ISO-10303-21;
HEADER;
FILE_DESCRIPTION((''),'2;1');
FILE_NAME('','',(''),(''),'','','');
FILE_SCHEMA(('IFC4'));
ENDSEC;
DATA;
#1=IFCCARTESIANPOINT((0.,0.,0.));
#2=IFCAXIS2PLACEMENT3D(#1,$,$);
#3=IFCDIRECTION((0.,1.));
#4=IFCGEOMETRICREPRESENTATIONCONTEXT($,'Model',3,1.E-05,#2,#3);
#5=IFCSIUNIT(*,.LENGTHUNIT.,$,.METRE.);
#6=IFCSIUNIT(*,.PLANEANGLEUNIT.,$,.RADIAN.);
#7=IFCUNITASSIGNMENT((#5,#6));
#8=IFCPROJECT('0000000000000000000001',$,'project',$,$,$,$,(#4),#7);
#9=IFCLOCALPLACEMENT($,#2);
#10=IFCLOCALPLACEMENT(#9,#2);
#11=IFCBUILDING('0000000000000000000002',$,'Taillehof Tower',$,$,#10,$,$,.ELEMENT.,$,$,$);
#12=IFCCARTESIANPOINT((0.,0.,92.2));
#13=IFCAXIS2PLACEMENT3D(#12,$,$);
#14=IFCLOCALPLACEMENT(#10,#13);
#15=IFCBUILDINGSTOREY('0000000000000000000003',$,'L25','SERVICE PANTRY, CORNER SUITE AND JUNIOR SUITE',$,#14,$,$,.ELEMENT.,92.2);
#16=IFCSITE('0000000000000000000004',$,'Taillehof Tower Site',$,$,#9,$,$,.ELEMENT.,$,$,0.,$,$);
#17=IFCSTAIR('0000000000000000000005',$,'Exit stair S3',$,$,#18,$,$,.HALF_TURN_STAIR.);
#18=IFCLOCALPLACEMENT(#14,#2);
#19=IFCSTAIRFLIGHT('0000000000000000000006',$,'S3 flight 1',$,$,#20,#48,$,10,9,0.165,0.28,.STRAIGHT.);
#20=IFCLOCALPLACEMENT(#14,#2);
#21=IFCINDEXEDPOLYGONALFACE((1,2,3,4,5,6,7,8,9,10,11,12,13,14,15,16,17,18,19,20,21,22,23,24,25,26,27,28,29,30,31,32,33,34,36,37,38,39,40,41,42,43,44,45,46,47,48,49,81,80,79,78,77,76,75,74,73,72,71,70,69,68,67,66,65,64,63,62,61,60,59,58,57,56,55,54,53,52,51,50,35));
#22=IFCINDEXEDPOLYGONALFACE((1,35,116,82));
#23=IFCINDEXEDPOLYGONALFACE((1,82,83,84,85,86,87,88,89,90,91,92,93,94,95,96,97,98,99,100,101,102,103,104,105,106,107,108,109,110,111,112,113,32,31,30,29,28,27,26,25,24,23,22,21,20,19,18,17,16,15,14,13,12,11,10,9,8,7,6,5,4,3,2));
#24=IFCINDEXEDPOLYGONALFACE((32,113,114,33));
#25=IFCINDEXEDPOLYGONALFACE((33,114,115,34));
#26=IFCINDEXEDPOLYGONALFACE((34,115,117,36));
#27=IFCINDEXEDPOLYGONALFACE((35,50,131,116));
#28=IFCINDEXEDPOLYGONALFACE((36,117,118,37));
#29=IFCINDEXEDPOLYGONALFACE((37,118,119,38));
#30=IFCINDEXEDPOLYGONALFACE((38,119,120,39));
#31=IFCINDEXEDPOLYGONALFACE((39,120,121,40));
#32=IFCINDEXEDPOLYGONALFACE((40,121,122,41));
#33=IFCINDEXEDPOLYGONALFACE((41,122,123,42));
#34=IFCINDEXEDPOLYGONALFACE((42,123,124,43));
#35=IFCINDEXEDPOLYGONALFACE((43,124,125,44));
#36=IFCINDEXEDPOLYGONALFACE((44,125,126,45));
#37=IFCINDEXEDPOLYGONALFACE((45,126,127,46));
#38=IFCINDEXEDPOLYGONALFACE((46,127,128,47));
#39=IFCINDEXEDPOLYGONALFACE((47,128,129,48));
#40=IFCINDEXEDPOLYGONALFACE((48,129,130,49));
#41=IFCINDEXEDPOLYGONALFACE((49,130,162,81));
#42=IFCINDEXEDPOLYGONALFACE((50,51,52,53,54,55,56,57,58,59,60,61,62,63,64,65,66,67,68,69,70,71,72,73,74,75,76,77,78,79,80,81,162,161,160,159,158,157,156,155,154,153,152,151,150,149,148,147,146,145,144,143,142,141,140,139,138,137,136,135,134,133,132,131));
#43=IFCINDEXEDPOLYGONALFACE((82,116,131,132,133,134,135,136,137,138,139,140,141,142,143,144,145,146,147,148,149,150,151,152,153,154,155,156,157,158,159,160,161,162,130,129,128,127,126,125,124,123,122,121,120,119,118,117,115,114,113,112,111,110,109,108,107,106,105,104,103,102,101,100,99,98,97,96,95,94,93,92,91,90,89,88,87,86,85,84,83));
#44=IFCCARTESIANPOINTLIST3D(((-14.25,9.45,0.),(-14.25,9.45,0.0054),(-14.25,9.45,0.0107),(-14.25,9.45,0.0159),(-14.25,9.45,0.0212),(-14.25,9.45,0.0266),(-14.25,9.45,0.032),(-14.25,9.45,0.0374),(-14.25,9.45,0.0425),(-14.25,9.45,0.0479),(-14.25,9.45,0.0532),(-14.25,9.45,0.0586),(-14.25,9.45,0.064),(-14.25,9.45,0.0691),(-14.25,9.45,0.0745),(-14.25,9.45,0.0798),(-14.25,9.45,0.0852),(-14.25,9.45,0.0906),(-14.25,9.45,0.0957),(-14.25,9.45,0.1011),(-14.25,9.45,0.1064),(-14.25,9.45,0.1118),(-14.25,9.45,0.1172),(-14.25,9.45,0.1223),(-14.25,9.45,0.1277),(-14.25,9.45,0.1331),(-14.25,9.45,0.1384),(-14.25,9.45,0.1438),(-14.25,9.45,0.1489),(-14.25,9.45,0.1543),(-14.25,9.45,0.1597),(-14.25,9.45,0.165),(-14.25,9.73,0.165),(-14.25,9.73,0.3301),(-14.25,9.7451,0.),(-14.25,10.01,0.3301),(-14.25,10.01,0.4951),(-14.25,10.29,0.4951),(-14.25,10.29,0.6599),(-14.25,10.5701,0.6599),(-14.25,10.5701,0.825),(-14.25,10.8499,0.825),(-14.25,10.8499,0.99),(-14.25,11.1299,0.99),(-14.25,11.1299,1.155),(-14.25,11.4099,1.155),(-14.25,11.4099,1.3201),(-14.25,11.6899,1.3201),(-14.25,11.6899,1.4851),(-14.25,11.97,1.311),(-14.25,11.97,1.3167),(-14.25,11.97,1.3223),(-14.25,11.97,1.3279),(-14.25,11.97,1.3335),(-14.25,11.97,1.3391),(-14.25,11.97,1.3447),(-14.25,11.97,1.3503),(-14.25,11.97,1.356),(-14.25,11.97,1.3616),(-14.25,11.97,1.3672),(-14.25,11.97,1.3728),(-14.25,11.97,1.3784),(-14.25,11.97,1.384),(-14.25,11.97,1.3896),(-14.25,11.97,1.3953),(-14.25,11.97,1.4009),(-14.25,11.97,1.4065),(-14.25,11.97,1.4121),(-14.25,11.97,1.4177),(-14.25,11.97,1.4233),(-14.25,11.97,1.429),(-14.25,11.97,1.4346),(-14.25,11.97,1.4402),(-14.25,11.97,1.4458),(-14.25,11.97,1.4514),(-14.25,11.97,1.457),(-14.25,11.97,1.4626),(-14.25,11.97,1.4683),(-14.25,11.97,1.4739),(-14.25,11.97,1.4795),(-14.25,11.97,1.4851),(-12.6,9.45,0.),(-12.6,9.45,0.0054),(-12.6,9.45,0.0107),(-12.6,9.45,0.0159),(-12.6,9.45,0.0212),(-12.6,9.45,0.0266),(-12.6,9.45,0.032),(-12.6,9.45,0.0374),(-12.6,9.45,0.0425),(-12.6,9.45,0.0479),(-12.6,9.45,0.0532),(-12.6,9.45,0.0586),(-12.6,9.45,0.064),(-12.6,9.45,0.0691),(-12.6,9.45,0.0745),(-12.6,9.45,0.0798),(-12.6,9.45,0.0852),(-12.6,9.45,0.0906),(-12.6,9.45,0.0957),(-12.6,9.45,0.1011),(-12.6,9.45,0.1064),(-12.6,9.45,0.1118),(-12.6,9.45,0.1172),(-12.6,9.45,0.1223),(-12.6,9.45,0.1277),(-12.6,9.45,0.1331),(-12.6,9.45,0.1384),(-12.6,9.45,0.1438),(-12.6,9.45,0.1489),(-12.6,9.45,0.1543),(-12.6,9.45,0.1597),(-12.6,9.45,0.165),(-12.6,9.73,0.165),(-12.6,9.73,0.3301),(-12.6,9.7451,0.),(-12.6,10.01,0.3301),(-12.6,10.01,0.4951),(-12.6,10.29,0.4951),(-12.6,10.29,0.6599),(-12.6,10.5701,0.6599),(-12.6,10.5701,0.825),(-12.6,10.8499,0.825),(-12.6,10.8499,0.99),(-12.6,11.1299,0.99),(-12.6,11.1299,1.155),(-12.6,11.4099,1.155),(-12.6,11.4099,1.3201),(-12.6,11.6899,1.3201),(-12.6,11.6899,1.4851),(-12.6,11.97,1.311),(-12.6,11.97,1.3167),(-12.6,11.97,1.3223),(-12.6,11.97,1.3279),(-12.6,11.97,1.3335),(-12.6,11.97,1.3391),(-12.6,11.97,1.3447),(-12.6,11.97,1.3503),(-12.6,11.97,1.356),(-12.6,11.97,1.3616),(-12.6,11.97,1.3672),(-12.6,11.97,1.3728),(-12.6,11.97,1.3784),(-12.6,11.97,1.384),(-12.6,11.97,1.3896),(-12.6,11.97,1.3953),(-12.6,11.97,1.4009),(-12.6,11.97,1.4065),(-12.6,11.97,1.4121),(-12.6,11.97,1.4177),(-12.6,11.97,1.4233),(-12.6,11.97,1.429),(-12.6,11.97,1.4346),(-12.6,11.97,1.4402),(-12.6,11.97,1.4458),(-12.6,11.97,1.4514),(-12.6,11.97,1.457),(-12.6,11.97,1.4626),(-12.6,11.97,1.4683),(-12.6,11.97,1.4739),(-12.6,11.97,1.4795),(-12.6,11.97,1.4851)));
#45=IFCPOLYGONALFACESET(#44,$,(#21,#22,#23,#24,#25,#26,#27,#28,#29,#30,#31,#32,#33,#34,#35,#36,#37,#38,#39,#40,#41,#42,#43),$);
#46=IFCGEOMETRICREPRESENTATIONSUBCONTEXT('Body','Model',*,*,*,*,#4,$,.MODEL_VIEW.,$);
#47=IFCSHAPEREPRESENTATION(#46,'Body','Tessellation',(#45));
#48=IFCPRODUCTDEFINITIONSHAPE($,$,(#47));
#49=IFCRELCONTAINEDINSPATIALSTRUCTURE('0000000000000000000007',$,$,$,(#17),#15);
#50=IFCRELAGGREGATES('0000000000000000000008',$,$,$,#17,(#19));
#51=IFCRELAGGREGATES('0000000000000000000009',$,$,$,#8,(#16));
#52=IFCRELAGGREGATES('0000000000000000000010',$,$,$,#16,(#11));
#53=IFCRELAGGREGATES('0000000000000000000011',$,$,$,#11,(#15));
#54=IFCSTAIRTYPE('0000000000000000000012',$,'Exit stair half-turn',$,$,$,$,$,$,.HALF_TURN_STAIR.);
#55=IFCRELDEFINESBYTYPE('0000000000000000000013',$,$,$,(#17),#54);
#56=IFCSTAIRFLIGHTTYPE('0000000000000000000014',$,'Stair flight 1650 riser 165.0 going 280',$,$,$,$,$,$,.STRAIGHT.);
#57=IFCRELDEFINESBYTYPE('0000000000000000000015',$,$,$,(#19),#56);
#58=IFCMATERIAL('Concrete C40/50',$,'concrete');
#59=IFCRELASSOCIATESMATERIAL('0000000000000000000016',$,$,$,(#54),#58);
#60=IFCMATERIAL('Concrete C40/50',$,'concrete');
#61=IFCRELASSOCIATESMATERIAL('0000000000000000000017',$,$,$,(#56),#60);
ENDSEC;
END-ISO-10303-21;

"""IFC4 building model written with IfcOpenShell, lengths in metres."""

from ifc_helpers import new_model, si_unit, direction, frame, origin, place, context, subcontext, project, spatial, polyline, outline, extrude, material, type_object, element, aggregate, save


model = new_model("IFC4")

# Units and contexts
model_context = context("Model", 3, precision=1e-05, world=origin(), true_north=direction((0.0, 1.0)))
body_context = subcontext(model_context, "Body", "Model", "MODEL_VIEW")
ifc_project = project(units=[si_unit("LENGTHUNIT", "METRE"), si_unit("PLANEANGLEUNIT", "RADIAN")], contexts=[model_context])

# Site, building, storey
site_placement = place(None, origin())
site = spatial("IfcSite", under=ifc_project, at=site_placement, Name="Taillehof Tower Site", CompositionType="ELEMENT", RefElevation=0.0)
building_placement = place(site_placement, origin())
building = spatial("IfcBuilding", under=site, at=building_placement, Name="Taillehof Tower", CompositionType="ELEMENT")
storey_placement = place(building_placement, frame((0.0, 0.0, 92.2)))
storey = spatial("IfcBuildingStorey", under=building, at=storey_placement, Name="L25", Description="SERVICE PANTRY, CORNER SUITE AND JUNIOR SUITE", CompositionType="ELEMENT", Elevation=92.2)

# Stair, stair flight
ifc_material_1 = material(Name="Concrete C40/50", Category="concrete")
stair_type = type_object("IfcStairType", Name="Exit stair half-turn", PredefinedType="HALF_TURN_STAIR", material=ifc_material_1)
stair_placement = place(storey_placement, origin())
stair = element("IfcStair", 1, at=stair_placement, inside=storey, type_object=stair_type, Name="Exit stair S3", PredefinedType="HALF_TURN_STAIR")
ifc_material_2 = material(Name="Concrete C40/50", Category="concrete")
stair_flight_type = type_object("IfcStairFlightType", Name="Stair flight 1650 riser 165.0 going 280", PredefinedType="STRAIGHT", material=ifc_material_2)
stair_flight_placement = place(storey_placement, frame((-13.425, 9.45, 0.0), z_axis=(0.0, 0.0, 1.0), x_axis=(0.0, 1.0, 0.0)))
stair_flight = element("IfcStairFlight", 2, at=stair_flight_placement, type_object=stair_flight_type, Name="S3 flight 1", NumberOfRisers=10, NumberOfTreads=9, PredefinedType="STRAIGHT", RiserHeight=0.165, TreadLength=0.28, context=body_context, shape_type="SweptSolid", body=[
    extrude(outline(polyline([(0.0, 0.0), (0.0, 0.0054), (0.0, 0.0107), (0.0, 0.0159), (0.0, 0.0212), (0.0, 0.0266), (0.0, 0.032), (0.0, 0.0374), (0.0, 0.0425), (0.0, 0.0479), (0.0, 0.0532), (0.0, 0.0586), (0.0, 0.064), (0.0, 0.0691), (0.0, 0.0745), (0.0, 0.0798), (0.0, 0.0852), (0.0, 0.0906), (0.0, 0.0957), (0.0, 0.1011), (0.0, 0.1064), (0.0, 0.1118), (0.0, 0.1172), (0.0, 0.1223), (0.0, 0.1277), (0.0, 0.1331), (0.0, 0.1384), (0.0, 0.1438), (0.0, 0.1489), (0.0, 0.1543), (0.0, 0.1597), (0.0, 0.165), (0.28, 0.165), (0.28, 0.3301), (0.5601, 0.3301), (0.5601, 0.4951), (0.8401, 0.4951), (0.8401, 0.6599), (1.1201, 0.6599), (1.1201, 0.825), (1.3999, 0.825), (1.3999, 0.99), (1.6799, 0.99), (1.6799, 1.155), (1.96, 1.155), (1.96, 1.3201), (2.24, 1.3201), (2.24, 1.4851), (2.52, 1.4851), (2.52, 1.4795), (2.52, 1.4739), (2.52, 1.4683), (2.52, 1.4626), (2.52, 1.457), (2.52, 1.4514), (2.52, 1.4458), (2.52, 1.4402), (2.52, 1.4346), (2.52, 1.429), (2.52, 1.4233), (2.52, 1.4177), (2.52, 1.4121), (2.52, 1.4065), (2.52, 1.4009), (2.52, 1.3953), (2.52, 1.3896), (2.52, 1.384), (2.52, 1.3784), (2.52, 1.3728), (2.52, 1.3672), (2.52, 1.3616), (2.52, 1.356), (2.52, 1.3503), (2.52, 1.3447), (2.52, 1.3391), (2.52, 1.3335), (2.52, 1.3279), (2.52, 1.3223), (2.52, 1.3167), (2.52, 1.311), (0.2952, 0.0), (0.0, 0.0)])), frame((0.0, 0.825, 0.0), z_axis=(0.0, -1.0, 0.0), x_axis=(1.0, 0.0, 0.0)), (0.0, 0.0, 1.0), 1.65),
])
aggregate(stair, [stair_flight])

save(model, "model.ifc")
